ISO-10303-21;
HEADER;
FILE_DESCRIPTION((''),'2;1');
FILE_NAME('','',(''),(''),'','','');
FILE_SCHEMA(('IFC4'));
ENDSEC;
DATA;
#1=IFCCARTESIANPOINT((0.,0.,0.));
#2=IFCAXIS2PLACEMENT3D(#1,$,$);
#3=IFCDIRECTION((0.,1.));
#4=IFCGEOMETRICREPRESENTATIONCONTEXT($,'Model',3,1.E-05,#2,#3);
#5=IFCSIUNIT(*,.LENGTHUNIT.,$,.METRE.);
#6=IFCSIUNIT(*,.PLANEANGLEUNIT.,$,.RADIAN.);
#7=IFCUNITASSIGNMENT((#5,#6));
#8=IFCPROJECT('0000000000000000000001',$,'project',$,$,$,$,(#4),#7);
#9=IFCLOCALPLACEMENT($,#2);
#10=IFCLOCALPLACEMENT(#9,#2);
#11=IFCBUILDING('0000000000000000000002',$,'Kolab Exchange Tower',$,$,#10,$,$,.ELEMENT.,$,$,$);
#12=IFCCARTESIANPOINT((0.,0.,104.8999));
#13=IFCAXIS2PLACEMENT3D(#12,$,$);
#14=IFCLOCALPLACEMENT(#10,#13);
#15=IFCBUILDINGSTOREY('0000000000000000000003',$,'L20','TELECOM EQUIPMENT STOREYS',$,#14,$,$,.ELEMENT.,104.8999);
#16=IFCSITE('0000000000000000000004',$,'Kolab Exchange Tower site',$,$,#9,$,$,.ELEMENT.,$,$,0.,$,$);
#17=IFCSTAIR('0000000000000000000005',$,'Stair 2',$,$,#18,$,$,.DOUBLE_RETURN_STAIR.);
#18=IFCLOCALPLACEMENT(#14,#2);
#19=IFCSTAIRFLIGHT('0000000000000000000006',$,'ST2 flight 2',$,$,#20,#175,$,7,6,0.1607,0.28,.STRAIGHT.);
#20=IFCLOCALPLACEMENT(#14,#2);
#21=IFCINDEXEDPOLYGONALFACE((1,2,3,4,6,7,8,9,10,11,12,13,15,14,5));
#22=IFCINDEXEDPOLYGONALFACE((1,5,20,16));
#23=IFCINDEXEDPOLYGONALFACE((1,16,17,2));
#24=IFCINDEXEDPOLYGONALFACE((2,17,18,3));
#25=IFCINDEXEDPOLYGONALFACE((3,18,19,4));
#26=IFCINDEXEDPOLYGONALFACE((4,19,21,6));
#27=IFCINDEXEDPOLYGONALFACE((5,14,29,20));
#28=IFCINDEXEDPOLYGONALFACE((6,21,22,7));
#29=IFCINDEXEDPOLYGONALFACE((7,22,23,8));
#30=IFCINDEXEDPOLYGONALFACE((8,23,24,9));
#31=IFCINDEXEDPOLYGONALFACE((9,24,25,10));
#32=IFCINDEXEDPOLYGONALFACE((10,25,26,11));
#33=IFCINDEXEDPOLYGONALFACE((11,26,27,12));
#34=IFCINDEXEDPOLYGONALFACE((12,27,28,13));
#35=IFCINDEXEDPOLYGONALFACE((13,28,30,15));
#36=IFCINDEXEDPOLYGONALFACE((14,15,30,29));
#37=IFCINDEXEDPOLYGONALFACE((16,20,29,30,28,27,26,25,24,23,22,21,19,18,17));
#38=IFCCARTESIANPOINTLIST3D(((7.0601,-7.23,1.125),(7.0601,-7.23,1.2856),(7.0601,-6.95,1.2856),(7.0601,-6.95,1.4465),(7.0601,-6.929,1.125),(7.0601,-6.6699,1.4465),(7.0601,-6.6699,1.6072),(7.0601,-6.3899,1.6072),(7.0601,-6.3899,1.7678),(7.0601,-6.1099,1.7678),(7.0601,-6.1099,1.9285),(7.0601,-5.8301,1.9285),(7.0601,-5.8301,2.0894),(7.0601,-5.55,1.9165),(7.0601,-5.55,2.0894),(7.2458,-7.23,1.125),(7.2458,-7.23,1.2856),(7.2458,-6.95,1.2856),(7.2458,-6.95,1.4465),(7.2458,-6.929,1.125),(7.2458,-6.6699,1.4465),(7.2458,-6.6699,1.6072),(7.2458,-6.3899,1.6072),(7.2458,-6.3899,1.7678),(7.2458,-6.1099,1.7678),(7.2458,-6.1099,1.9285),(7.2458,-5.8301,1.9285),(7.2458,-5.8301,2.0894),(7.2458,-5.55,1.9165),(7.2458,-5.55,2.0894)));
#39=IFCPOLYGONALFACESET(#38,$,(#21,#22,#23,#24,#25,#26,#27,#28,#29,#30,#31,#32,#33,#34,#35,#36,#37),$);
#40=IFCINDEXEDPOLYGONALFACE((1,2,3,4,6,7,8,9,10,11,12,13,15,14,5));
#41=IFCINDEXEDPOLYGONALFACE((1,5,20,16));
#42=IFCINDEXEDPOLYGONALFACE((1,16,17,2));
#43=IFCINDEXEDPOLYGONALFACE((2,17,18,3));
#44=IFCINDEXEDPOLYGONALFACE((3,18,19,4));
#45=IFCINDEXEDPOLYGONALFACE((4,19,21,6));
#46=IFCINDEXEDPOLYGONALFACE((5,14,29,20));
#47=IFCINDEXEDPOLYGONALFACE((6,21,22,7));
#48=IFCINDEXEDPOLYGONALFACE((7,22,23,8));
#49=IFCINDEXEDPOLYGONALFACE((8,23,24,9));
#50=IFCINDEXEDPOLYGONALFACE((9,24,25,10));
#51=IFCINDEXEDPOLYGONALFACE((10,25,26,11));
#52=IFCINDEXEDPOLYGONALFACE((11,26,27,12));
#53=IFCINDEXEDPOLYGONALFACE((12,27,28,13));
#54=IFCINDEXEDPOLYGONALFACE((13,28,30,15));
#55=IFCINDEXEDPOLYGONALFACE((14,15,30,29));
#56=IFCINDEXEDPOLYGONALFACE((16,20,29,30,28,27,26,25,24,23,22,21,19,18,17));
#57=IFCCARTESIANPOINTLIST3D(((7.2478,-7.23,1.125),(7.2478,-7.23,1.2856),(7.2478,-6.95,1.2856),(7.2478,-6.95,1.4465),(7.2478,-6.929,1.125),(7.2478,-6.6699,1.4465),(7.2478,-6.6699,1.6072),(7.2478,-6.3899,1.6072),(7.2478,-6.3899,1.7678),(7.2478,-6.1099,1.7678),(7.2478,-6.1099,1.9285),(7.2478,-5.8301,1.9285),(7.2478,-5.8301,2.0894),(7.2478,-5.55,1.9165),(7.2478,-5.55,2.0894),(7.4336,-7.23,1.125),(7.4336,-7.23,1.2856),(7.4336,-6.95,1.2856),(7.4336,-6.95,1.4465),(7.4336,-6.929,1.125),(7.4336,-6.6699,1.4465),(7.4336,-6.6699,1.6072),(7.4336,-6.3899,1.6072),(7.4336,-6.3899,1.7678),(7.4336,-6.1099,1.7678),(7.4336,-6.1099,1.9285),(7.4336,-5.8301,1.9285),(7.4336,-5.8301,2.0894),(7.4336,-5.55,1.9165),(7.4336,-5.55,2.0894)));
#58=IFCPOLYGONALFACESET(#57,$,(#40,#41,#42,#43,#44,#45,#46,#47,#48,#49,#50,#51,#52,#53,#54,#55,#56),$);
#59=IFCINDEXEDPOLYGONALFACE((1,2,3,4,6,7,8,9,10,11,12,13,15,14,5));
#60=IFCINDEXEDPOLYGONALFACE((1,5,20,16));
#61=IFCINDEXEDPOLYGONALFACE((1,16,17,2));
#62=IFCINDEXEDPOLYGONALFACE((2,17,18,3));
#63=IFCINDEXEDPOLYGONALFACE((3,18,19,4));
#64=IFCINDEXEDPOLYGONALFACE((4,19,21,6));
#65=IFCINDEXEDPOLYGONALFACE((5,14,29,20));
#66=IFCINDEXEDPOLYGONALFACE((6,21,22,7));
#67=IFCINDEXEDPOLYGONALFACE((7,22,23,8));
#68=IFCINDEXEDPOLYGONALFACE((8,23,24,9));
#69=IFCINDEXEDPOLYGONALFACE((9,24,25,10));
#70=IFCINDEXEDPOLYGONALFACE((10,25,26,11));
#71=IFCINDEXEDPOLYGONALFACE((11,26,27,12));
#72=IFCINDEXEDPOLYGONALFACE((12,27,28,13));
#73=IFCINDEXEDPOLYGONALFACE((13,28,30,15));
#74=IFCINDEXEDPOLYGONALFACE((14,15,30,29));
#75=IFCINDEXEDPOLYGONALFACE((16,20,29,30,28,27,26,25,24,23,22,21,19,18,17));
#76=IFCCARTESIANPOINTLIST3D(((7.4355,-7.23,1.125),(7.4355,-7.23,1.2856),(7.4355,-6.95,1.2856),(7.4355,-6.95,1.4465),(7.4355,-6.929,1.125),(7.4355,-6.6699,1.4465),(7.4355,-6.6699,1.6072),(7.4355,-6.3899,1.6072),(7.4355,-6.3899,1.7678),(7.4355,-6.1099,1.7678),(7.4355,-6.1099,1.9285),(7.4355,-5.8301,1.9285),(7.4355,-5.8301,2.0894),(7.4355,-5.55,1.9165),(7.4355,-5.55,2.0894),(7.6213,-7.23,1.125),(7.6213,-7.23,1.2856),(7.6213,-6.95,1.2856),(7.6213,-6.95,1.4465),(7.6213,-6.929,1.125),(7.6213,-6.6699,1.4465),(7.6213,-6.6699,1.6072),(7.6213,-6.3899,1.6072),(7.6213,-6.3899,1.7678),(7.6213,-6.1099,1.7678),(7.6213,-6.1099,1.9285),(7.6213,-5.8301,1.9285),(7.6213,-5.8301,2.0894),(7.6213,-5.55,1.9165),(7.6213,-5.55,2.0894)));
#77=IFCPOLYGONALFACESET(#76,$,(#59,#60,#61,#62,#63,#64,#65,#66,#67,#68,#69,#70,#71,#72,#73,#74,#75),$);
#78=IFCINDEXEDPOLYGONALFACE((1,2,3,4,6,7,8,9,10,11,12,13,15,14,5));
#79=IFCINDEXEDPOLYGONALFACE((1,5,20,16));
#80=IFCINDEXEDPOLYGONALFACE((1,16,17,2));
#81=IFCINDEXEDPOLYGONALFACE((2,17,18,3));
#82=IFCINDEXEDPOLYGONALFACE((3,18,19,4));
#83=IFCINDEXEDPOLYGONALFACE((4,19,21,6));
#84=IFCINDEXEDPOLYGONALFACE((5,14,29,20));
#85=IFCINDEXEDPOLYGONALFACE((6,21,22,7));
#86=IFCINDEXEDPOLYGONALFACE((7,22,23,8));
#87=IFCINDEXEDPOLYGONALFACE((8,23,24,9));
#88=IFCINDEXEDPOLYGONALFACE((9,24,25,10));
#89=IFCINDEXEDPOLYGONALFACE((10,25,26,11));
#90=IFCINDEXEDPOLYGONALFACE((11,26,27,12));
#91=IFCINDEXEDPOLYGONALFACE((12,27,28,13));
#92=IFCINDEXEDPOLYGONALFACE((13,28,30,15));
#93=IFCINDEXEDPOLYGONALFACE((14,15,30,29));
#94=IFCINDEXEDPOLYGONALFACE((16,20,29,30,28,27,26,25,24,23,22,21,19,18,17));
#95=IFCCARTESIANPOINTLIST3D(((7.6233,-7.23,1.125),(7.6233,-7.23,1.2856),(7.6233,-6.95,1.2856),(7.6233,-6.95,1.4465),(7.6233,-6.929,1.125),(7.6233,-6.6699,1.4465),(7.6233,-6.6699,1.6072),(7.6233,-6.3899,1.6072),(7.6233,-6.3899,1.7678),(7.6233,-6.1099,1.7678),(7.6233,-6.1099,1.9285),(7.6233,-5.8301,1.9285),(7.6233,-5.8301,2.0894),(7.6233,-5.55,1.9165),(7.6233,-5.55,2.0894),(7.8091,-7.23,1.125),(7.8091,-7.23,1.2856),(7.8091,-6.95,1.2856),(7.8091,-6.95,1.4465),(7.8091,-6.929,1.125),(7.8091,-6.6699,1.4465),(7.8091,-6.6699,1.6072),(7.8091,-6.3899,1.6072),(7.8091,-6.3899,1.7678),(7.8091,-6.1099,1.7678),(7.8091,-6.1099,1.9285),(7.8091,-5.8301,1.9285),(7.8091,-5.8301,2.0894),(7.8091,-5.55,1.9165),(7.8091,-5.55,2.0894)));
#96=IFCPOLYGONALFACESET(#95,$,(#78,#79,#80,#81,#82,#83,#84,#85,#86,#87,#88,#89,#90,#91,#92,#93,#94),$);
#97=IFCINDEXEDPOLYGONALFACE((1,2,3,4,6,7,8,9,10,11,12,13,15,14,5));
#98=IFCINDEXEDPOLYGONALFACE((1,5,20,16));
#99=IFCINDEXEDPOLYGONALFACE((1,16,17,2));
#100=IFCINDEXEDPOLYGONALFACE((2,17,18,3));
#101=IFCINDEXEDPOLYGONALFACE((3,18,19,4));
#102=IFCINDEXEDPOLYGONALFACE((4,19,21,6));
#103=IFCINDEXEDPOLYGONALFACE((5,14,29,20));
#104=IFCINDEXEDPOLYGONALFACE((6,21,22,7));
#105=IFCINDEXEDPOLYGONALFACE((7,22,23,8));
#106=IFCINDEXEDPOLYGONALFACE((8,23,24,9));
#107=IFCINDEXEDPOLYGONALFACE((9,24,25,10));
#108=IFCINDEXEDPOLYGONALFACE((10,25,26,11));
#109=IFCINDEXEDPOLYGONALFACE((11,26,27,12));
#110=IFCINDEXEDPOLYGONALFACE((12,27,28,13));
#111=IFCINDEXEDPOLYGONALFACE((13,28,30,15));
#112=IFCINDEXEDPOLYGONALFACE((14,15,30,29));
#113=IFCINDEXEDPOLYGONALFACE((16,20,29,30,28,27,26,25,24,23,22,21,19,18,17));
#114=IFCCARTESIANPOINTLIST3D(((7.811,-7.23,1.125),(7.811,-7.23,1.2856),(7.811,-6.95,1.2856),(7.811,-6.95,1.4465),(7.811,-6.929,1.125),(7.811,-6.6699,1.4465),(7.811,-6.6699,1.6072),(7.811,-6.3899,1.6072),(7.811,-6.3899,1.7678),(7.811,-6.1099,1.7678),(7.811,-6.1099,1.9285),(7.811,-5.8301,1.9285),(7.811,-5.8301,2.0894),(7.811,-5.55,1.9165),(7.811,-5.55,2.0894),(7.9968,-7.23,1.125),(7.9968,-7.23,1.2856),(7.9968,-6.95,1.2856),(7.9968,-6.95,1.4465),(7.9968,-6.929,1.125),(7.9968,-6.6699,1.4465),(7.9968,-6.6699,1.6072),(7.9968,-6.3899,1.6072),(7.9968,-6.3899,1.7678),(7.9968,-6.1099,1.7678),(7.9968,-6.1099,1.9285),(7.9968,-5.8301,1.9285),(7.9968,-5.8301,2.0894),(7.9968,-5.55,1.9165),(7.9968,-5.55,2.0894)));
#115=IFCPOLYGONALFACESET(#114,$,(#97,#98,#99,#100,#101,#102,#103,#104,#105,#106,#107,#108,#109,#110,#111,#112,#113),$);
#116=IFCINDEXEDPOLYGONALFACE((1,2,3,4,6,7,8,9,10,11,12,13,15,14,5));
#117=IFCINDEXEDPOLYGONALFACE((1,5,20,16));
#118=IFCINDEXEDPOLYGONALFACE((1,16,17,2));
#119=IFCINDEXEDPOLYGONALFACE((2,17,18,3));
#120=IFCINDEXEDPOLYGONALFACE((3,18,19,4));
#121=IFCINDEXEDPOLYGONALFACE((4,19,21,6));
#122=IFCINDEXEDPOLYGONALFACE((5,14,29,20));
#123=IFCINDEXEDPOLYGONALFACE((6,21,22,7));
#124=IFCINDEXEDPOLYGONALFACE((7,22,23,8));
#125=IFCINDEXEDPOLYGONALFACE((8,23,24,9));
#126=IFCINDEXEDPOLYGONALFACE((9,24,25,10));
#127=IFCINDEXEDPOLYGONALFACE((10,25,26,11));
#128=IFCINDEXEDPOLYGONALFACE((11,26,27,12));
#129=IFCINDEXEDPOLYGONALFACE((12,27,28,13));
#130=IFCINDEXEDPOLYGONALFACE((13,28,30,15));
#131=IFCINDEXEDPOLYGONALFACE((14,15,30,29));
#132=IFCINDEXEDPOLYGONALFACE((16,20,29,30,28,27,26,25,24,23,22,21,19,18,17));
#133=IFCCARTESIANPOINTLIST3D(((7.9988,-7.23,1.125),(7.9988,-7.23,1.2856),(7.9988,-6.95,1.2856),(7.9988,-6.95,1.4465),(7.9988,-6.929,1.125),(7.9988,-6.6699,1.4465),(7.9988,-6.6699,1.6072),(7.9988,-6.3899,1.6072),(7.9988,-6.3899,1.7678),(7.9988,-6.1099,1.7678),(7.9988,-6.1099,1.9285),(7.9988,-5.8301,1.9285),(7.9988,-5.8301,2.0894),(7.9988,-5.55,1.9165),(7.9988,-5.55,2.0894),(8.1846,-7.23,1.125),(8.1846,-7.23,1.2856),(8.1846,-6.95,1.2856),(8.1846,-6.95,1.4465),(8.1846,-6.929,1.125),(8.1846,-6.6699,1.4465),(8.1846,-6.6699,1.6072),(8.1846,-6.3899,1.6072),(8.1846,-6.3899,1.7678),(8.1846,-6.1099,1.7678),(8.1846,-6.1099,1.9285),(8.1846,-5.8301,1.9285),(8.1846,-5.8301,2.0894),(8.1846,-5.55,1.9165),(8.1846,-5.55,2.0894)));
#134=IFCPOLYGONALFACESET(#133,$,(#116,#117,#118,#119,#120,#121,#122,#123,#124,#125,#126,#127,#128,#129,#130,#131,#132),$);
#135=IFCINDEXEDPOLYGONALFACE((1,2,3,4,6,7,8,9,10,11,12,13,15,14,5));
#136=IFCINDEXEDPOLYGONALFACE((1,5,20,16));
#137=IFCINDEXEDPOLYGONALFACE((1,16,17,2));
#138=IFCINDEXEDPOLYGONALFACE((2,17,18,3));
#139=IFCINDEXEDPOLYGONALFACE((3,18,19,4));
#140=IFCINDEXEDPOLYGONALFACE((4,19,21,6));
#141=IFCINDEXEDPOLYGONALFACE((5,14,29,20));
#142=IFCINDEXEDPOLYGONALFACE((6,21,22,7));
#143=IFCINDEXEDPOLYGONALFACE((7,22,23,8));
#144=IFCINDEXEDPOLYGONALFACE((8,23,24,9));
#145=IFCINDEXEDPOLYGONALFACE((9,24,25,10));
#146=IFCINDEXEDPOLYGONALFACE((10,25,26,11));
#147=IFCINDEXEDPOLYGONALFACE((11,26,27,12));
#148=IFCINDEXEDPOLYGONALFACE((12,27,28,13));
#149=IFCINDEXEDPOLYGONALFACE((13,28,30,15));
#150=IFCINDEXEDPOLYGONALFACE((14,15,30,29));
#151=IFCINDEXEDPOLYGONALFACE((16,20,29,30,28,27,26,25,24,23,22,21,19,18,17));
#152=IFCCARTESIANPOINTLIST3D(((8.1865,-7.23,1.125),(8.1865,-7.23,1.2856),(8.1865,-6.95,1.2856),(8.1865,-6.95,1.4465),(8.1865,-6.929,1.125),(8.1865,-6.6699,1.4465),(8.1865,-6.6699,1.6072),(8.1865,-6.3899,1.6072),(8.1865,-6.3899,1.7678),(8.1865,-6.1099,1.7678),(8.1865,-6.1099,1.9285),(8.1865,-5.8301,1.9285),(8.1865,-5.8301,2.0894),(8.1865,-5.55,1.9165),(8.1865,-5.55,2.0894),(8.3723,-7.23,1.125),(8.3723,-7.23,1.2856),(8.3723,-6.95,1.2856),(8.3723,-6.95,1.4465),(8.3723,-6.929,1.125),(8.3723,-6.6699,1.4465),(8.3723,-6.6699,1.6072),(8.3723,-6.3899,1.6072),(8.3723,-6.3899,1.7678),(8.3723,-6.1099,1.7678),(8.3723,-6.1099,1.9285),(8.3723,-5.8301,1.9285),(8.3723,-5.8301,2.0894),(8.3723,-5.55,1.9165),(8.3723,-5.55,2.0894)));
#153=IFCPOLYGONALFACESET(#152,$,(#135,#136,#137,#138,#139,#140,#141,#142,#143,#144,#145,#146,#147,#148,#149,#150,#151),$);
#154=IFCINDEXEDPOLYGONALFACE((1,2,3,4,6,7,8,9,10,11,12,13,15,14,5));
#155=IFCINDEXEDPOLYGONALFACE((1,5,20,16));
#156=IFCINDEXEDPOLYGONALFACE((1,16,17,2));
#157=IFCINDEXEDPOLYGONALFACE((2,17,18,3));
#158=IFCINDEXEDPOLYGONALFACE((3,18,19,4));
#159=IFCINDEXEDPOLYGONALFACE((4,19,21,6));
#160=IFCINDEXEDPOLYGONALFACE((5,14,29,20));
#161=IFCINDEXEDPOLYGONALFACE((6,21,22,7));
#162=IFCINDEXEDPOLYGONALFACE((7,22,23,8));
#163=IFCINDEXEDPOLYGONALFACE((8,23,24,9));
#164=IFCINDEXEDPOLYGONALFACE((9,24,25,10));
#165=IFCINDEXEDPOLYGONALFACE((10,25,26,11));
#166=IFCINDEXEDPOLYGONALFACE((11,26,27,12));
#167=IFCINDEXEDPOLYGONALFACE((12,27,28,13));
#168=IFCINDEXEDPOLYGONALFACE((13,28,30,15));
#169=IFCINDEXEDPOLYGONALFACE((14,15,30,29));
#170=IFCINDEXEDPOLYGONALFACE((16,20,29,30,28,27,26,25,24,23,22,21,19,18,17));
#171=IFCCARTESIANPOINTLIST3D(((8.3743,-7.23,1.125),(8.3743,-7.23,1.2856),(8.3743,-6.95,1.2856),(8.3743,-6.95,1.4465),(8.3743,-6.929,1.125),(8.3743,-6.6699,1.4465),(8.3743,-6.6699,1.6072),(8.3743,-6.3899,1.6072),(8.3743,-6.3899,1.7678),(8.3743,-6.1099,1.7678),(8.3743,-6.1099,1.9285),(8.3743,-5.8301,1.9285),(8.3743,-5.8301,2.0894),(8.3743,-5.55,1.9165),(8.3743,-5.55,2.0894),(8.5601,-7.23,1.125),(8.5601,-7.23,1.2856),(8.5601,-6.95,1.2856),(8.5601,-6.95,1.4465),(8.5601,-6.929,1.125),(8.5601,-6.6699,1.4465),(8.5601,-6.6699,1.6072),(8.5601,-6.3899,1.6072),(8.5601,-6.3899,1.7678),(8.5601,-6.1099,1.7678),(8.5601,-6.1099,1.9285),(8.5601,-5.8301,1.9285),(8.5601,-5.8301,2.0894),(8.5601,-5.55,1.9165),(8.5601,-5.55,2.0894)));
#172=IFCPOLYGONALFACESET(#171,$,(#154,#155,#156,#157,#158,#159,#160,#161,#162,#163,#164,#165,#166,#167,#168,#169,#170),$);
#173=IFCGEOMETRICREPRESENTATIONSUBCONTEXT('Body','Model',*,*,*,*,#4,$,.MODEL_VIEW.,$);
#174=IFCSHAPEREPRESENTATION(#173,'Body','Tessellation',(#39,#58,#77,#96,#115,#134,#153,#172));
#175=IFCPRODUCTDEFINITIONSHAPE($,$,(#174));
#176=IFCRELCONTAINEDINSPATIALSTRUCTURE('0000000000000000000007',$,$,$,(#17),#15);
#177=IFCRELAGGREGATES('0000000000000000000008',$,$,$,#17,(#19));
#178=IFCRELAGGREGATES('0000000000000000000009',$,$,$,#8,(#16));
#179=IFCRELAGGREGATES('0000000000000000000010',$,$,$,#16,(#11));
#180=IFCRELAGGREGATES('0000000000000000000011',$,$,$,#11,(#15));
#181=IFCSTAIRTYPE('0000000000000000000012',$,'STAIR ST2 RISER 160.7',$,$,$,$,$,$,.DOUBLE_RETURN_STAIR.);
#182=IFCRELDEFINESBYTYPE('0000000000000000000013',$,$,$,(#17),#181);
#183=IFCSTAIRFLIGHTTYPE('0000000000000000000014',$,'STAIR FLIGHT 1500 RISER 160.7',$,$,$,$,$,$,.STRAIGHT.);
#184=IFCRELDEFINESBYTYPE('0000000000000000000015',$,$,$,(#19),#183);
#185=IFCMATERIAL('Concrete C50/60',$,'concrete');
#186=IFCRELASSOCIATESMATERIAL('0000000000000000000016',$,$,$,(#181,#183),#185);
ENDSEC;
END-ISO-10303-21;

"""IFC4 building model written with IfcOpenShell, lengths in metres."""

from ifc_helpers import new_model, si_unit, direction, frame, origin, place, context, subcontext, project, spatial, polyline, outline, extrude, material, type_object, element, aggregate, save


model = new_model("IFC4")

# Units and contexts
model_context = context("Model", 3, precision=1e-05, world=origin(), true_north=direction((0.0, 1.0)))
body_context = subcontext(model_context, "Body", "Model", "MODEL_VIEW")
ifc_project = project(units=[si_unit("LENGTHUNIT", "METRE"), si_unit("PLANEANGLEUNIT", "RADIAN")], contexts=[model_context])

# Site, building, storey
site_placement = place(None, origin())
site = spatial("IfcSite", under=ifc_project, at=site_placement, Name="Kolab Exchange Tower site", CompositionType="ELEMENT", RefElevation=0.0)
building_placement = place(site_placement, origin())
building = spatial("IfcBuilding", under=site, at=building_placement, Name="Kolab Exchange Tower", CompositionType="ELEMENT")
storey_placement = place(building_placement, frame((0.0, 0.0, 104.8999)))
storey = spatial("IfcBuildingStorey", under=building, at=storey_placement, Name="L20", Description="TELECOM EQUIPMENT STOREYS", CompositionType="ELEMENT", Elevation=104.8999)

# Shared definitions
ifc_material_1 = material(Name="Concrete C50/60", Category="concrete")

# Stair, stair flight
stair_type = type_object("IfcStairType", Name="STAIR ST2 RISER 160.7", PredefinedType="DOUBLE_RETURN_STAIR", material=ifc_material_1)
stair_placement = place(storey_placement, origin())
stair = element("IfcStair", 1, at=stair_placement, inside=storey, type_object=stair_type, Name="Stair 2", PredefinedType="DOUBLE_RETURN_STAIR")
stair_flight_type = type_object("IfcStairFlightType", Name="STAIR FLIGHT 1500 RISER 160.7", PredefinedType="STRAIGHT", material=ifc_material_1)
stair_flight_1_placement = place(storey_placement, frame((7.8101, -7.23, 1.125), z_axis=(0.0, 0.0, 1.0), x_axis=(0.0, 1.0, 0.0)))
stair_flight_1 = element("IfcStairFlight", 2, at=stair_flight_1_placement, type_object=stair_flight_type, Name="ST2 flight 2", NumberOfRisers=7, NumberOfTreads=6, PredefinedType="STRAIGHT", RiserHeight=0.1607, TreadLength=0.28, context=body_context, shape_type="SweptSolid", body=[
    extrude(outline(polyline([(0.0, 0.0), (0.0, 0.1606), (0.28, 0.1606), (0.28, 0.3215), (0.5601, 0.3215), (0.5601, 0.4822), (0.8401, 0.4822), (0.8401, 0.6428), (1.1201, 0.6428), (1.1201, 0.8035), (1.3999, 0.8035), (1.3999, 0.9644), (1.6799, 0.9644), (1.6799, 1.125), (1.6799, 0.7915), (0.301, 0.0), (0.0, 0.0)])), frame((0.0, 0.75, 0.0), z_axis=(0.0, -1.0, 0.0), x_axis=(1.0, 0.0, 0.0)), (0.0, 0.0, 1.0), 0.1858),
    extrude(outline(polyline([(0.0, 0.0), (0.0, 0.1606), (0.28, 0.1606), (0.28, 0.3215), (0.5601, 0.3215), (0.5601, 0.4822), (0.8401, 0.4822), (0.8401, 0.6428), (1.1201, 0.6428), (1.1201, 0.8035), (1.3999, 0.8035), (1.3999, 0.9644), (1.6799, 0.9644), (1.6799, 1.125), (1.6799, 0.7915), (0.301, 0.0), (0.0, 0.0)])), frame((0.0, 0.5623, 0.0), z_axis=(0.0, -1.0, 0.0), x_axis=(1.0, 0.0, 0.0)), (0.0, 0.0, 1.0), 0.1858),
    extrude(outline(polyline([(0.0, 0.0), (0.0, 0.1606), (0.28, 0.1606), (0.28, 0.3215), (0.5601, 0.3215), (0.5601, 0.4822), (0.8401, 0.4822), (0.8401, 0.6428), (1.1201, 0.6428), (1.1201, 0.8035), (1.3999, 0.8035), (1.3999, 0.9644), (1.6799, 0.9644), (1.6799, 1.125), (1.6799, 0.7915), (0.301, 0.0), (0.0, 0.0)])), frame((0.0, 0.3745, 0.0), z_axis=(0.0, -1.0, 0.0), x_axis=(1.0, 0.0, 0.0)), (0.0, 0.0, 1.0), 0.1858),
    extrude(outline(polyline([(0.0, 0.0), (0.0, 0.1606), (0.28, 0.1606), (0.28, 0.3215), (0.5601, 0.3215), (0.5601, 0.4822), (0.8401, 0.4822), (0.8401, 0.6428), (1.1201, 0.6428), (1.1201, 0.8035), (1.3999, 0.8035), (1.3999, 0.9644), (1.6799, 0.9644), (1.6799, 1.125), (1.6799, 0.7915), (0.301, 0.0), (0.0, 0.0)])), frame((0.0, 0.1868, 0.0), z_axis=(0.0, -1.0, 0.0), x_axis=(1.0, 0.0, 0.0)), (0.0, 0.0, 1.0), 0.1858),
    extrude(outline(polyline([(0.0, 0.0), (0.0, 0.1606), (0.28, 0.1606), (0.28, 0.3215), (0.5601, 0.3215), (0.5601, 0.4822), (0.8401, 0.4822), (0.8401, 0.6428), (1.1201, 0.6428), (1.1201, 0.8035), (1.3999, 0.8035), (1.3999, 0.9644), (1.6799, 0.9644), (1.6799, 1.125), (1.6799, 0.7915), (0.301, 0.0), (0.0, 0.0)])), frame((0.0, -0.001, 0.0), z_axis=(0.0, -1.0, 0.0), x_axis=(1.0, 0.0, 0.0)), (0.0, 0.0, 1.0), 0.1858),
    extrude(outline(polyline([(0.0, 0.0), (0.0, 0.1606), (0.28, 0.1606), (0.28, 0.3215), (0.5601, 0.3215), (0.5601, 0.4822), (0.8401, 0.4822), (0.8401, 0.6428), (1.1201, 0.6428), (1.1201, 0.8035), (1.3999, 0.8035), (1.3999, 0.9644), (1.6799, 0.9644), (1.6799, 1.125), (1.6799, 0.7915), (0.301, 0.0), (0.0, 0.0)])), frame((0.0, -0.1887, 0.0), z_axis=(0.0, -1.0, 0.0), x_axis=(1.0, 0.0, 0.0)), (0.0, 0.0, 1.0), 0.1858),
    extrude(outline(polyline([(0.0, 0.0), (0.0, 0.1606), (0.28, 0.1606), (0.28, 0.3215), (0.5601, 0.3215), (0.5601, 0.4822), (0.8401, 0.4822), (0.8401, 0.6428), (1.1201, 0.6428), (1.1201, 0.8035), (1.3999, 0.8035), (1.3999, 0.9644), (1.6799, 0.9644), (1.6799, 1.125), (1.6799, 0.7915), (0.301, 0.0), (0.0, 0.0)])), frame((0.0, -0.3765, 0.0), z_axis=(0.0, -1.0, 0.0), x_axis=(1.0, 0.0, 0.0)), (0.0, 0.0, 1.0), 0.1858),
    extrude(outline(polyline([(0.0, 0.0), (0.0, 0.1606), (0.28, 0.1606), (0.28, 0.3215), (0.5601, 0.3215), (0.5601, 0.4822), (0.8401, 0.4822), (0.8401, 0.6428), (1.1201, 0.6428), (1.1201, 0.8035), (1.3999, 0.8035), (1.3999, 0.9644), (1.6799, 0.9644), (1.6799, 1.125), (1.6799, 0.7915), (0.301, 0.0), (0.0, 0.0)])), frame((0.0, -0.5642, 0.0), z_axis=(0.0, -1.0, 0.0), x_axis=(1.0, 0.0, 0.0)), (0.0, 0.0, 1.0), 0.1858),
])
aggregate(stair, [stair_flight_1])

save(model, "model.ifc")
